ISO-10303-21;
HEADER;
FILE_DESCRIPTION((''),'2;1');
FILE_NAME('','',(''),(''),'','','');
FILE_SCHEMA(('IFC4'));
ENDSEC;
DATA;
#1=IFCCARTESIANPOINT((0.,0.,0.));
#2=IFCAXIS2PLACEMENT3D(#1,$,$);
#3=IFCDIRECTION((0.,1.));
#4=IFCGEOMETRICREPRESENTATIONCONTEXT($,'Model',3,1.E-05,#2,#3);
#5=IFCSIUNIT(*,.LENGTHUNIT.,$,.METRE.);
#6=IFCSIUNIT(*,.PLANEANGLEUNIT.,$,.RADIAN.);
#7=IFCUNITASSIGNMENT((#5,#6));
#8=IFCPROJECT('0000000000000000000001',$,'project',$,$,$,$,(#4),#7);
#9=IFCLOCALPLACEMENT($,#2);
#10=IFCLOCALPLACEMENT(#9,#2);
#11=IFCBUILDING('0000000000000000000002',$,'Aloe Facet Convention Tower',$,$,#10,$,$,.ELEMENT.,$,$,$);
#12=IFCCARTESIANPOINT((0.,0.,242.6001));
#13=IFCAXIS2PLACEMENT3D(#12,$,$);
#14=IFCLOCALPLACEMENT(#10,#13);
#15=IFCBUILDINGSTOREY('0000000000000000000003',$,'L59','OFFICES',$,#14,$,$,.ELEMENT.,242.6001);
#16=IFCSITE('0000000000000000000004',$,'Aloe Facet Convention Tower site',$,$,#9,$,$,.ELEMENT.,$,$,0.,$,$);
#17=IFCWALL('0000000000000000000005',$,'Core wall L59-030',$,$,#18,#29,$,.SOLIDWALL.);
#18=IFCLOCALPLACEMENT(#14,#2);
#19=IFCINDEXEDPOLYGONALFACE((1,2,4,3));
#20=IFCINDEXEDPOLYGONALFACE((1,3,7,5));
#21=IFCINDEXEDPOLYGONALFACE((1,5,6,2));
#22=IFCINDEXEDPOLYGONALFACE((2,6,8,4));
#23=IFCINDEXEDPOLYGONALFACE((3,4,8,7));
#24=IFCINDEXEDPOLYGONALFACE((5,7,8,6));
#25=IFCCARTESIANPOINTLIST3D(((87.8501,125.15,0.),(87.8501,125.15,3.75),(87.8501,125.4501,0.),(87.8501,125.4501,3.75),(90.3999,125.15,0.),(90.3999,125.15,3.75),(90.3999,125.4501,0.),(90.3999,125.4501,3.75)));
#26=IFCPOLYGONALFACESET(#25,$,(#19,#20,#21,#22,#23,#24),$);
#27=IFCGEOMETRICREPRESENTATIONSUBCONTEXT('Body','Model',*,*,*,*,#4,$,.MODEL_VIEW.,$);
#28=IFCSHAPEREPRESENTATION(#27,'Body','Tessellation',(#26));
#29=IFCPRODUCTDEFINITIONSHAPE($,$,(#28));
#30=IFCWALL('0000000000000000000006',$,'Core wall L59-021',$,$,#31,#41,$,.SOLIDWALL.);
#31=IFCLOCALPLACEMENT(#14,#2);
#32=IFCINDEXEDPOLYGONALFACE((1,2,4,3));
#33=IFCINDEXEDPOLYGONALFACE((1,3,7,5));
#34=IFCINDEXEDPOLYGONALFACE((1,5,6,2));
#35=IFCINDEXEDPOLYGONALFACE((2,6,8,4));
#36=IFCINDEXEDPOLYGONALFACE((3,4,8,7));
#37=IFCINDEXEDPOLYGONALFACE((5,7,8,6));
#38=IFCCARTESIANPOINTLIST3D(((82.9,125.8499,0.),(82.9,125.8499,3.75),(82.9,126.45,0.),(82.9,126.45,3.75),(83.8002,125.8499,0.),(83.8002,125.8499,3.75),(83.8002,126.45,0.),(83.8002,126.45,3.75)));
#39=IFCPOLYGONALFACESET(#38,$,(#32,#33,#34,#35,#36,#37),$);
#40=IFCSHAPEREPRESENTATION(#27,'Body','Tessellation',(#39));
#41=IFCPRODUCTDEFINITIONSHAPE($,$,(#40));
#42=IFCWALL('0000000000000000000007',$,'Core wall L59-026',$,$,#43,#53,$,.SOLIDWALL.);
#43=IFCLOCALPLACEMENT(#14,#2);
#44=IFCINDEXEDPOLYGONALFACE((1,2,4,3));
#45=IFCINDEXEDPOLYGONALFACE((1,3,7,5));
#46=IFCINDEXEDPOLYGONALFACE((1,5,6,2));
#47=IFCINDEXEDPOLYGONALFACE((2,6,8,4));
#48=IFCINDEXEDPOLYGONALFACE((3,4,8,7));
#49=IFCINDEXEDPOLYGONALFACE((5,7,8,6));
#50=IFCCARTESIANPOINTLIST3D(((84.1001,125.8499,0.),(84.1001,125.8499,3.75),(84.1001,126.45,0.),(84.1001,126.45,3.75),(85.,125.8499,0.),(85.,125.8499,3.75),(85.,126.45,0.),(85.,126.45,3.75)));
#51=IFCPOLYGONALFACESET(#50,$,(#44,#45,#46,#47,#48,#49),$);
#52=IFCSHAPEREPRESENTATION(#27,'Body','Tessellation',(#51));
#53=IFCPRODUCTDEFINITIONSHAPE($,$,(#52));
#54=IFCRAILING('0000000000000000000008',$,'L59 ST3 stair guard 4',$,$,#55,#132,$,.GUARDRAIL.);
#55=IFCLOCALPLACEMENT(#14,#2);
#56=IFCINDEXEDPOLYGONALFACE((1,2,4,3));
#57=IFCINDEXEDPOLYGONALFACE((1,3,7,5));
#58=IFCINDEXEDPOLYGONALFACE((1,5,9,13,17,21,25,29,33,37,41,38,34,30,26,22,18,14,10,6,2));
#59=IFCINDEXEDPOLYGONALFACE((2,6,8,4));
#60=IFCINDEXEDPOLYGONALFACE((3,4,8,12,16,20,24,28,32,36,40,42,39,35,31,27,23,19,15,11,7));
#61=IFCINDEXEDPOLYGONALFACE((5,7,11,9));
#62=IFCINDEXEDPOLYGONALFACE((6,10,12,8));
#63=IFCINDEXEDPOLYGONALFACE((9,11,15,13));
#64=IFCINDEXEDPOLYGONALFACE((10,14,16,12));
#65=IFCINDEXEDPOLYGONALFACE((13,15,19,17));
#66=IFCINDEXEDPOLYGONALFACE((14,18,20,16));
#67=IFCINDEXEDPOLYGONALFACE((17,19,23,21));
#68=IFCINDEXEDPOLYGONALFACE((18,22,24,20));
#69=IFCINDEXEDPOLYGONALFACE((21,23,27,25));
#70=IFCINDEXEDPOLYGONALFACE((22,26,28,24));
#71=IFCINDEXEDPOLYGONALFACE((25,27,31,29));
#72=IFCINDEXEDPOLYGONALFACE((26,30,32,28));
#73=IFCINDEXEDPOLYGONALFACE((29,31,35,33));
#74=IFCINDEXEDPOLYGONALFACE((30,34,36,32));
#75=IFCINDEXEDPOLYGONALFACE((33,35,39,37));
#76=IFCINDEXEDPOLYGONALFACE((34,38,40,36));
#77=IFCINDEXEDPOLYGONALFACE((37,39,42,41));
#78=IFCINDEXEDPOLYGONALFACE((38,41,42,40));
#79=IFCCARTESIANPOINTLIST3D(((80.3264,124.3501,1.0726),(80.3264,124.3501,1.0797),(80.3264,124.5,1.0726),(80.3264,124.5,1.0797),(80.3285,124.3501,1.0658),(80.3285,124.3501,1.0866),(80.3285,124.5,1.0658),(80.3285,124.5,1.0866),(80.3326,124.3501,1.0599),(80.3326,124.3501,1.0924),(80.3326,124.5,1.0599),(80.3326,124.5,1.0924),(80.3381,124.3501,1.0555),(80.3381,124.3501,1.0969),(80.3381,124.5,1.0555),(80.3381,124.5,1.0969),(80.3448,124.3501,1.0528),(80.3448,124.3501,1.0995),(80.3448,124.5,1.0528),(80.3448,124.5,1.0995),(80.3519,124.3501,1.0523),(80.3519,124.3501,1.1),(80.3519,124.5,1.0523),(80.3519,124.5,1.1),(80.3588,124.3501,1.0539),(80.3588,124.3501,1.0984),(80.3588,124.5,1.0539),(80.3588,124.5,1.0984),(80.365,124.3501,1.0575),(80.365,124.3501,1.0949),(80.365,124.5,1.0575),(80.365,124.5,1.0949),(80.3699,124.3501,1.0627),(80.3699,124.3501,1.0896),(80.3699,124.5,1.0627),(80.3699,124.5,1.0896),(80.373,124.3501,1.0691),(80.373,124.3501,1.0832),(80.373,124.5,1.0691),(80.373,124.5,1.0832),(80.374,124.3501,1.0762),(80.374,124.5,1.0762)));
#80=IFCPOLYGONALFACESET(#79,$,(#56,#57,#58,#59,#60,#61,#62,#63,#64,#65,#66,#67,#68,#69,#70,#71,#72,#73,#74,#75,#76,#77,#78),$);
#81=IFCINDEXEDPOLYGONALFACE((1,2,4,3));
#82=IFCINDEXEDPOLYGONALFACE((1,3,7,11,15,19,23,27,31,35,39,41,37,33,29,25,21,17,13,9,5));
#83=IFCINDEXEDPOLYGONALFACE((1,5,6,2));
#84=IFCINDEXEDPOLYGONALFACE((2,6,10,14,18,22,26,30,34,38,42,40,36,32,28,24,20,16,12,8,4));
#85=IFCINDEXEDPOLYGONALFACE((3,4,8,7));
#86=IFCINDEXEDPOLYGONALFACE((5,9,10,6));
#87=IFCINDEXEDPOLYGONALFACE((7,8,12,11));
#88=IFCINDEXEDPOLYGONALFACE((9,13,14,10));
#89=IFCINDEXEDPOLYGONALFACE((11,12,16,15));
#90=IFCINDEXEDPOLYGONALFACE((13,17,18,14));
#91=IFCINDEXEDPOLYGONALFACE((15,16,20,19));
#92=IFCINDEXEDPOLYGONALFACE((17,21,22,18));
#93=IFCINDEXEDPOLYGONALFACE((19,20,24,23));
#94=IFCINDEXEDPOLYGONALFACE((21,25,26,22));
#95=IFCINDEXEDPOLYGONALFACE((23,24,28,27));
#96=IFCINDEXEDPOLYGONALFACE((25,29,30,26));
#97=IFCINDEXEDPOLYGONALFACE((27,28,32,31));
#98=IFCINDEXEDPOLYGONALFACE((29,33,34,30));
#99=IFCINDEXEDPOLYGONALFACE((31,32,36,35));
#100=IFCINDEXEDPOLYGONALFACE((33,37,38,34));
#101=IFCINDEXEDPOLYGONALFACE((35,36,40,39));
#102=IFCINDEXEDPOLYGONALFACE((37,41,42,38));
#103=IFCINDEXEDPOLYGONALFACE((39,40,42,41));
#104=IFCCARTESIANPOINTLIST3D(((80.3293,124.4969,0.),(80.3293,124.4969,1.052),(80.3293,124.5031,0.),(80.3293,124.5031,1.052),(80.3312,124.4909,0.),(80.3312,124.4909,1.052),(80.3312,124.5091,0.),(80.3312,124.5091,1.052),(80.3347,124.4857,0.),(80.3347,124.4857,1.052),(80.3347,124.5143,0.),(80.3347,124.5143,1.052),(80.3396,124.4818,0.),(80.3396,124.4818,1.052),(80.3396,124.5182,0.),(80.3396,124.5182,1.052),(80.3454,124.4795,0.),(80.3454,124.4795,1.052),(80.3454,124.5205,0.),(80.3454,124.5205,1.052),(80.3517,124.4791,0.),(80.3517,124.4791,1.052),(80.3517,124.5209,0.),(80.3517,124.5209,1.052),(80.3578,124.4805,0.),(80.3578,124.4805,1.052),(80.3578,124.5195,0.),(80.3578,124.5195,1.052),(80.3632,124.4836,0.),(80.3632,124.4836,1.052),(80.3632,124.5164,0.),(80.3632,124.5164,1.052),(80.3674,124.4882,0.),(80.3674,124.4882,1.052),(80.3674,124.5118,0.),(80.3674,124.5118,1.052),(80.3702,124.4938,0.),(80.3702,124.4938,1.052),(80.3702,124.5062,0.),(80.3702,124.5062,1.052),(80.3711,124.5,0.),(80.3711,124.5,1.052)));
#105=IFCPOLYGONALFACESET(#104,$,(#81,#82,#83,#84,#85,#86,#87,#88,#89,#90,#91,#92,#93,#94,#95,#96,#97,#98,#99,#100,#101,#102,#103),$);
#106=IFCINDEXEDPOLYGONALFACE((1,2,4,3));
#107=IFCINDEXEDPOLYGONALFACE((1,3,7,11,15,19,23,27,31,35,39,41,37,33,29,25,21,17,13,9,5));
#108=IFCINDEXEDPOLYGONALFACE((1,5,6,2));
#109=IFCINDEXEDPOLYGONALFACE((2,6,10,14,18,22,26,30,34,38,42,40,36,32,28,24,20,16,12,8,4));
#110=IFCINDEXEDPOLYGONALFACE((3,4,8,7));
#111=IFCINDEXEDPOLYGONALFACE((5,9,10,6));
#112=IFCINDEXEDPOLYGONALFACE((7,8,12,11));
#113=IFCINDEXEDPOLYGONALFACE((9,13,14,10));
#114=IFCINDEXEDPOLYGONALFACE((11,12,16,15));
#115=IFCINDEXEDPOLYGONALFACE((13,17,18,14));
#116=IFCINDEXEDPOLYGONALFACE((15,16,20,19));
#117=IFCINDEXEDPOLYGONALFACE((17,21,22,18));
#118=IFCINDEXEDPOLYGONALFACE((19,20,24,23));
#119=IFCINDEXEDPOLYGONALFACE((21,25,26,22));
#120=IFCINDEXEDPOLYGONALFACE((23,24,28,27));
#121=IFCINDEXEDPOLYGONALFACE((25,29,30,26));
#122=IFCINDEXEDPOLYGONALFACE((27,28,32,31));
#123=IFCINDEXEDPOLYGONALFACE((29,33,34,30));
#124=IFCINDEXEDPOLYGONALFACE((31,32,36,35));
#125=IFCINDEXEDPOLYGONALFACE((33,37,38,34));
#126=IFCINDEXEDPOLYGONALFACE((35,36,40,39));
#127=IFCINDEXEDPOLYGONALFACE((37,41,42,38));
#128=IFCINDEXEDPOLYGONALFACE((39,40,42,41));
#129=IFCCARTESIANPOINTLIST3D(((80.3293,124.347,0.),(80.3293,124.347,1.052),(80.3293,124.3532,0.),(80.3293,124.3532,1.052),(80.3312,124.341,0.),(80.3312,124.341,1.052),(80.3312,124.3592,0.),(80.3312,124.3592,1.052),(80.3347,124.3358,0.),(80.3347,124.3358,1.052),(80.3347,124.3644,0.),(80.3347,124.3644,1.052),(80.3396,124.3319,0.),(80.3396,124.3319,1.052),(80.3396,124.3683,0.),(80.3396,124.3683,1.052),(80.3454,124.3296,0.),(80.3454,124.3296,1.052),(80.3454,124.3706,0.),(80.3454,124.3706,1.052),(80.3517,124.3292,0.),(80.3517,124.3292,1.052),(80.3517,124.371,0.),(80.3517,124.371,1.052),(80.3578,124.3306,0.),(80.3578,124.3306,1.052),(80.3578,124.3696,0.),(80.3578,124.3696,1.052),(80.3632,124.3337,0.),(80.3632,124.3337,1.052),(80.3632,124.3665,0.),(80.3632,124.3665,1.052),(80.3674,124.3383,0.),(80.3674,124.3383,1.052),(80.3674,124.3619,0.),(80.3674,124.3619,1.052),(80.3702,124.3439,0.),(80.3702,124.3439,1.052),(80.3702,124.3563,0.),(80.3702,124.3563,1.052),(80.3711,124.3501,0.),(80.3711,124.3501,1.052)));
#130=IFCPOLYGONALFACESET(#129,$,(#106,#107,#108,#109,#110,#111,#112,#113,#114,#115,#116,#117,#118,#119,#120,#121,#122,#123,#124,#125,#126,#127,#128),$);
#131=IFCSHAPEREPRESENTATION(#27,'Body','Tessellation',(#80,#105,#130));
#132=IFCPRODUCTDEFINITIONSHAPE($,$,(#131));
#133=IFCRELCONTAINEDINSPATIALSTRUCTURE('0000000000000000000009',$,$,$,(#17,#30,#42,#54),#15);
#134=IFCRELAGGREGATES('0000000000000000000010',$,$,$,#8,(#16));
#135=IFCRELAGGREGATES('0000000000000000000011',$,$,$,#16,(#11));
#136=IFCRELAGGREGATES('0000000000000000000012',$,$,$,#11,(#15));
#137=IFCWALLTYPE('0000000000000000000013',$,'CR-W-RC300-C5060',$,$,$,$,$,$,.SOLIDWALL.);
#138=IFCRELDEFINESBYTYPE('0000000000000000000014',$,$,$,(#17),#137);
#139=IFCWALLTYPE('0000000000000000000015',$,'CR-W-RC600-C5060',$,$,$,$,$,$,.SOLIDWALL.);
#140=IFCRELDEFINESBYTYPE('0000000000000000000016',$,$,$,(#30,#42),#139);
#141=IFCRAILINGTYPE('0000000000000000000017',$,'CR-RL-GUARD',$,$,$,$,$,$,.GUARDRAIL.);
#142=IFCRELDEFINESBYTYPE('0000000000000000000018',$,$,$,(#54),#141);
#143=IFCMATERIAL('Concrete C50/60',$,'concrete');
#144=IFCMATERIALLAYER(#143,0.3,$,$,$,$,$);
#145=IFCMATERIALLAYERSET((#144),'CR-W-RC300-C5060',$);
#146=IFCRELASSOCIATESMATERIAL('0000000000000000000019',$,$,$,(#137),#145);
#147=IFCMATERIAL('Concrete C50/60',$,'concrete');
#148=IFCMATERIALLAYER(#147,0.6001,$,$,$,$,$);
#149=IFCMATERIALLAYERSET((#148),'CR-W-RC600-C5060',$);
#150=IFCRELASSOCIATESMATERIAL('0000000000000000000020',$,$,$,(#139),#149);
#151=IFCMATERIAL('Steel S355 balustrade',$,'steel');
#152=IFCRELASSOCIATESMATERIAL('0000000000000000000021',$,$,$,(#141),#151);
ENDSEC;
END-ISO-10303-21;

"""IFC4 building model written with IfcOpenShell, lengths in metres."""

from ifc_helpers import new_model, si_unit, direction, frame, frame_2d, origin, origin_2d, place, context, subcontext, project, spatial, rectangle, circle, extrude, material, layer, layer_set, type_object, element, save


model = new_model("IFC4")

# Units and contexts
model_context = context("Model", 3, precision=1e-05, world=origin(), true_north=direction((0.0, 1.0)))
body_context = subcontext(model_context, "Body", "Model", "MODEL_VIEW")
ifc_project = project(units=[si_unit("LENGTHUNIT", "METRE"), si_unit("PLANEANGLEUNIT", "RADIAN")], contexts=[model_context])

# Site, building, storey
site_placement = place(None, origin())
site = spatial("IfcSite", under=ifc_project, at=site_placement, Name="Aloe Facet Convention Tower site", CompositionType="ELEMENT", RefElevation=0.0)
building_placement = place(site_placement, origin())
building = spatial("IfcBuilding", under=site, at=building_placement, Name="Aloe Facet Convention Tower", CompositionType="ELEMENT")
storey_placement = place(building_placement, frame((0.0, 0.0, 242.6001)))
storey = spatial("IfcBuildingStorey", under=building, at=storey_placement, Name="L59", Description="OFFICES", CompositionType="ELEMENT", Elevation=242.6001)

# Shared definitions
ifc_material_1 = material(Name="Concrete C50/60", Category="concrete")
ifc_layer_1 = layer(ifc_material_1, 0.3)
ifc_layer_set_1 = layer_set([ifc_layer_1], Name="CR-W-RC300-C5060")
wall_type_1 = type_object("IfcWallType", Name="CR-W-RC300-C5060", PredefinedType="SOLIDWALL", material=ifc_layer_set_1)

# Walls
for number, where, z_axis, x_axis, name in (
    (1, (87.8501, 125.3, 0.0), (0.0, 0.0, 1.0), (1.0, 0.0, 0.0), "Core wall L59-030"),
):
    element("IfcWall", number, at=place(storey_placement, frame(where, z_axis=z_axis, x_axis=x_axis)), inside=storey, type_object=wall_type_1, Name=name, PredefinedType="SOLIDWALL", context=body_context, shape_type="SweptSolid", body=[
        extrude(rectangle(XDim=2.5498, YDim=0.3, at=frame_2d((1.2749, 0.0))), origin(), (0.0, 0.0, 1.0), 3.75),
    ])
ifc_material_2 = material(Name="Concrete C50/60", Category="concrete")
ifc_layer_2 = layer(ifc_material_2, 0.6001)
ifc_layer_set_2 = layer_set([ifc_layer_2], Name="CR-W-RC600-C5060")
wall_type_2 = type_object("IfcWallType", Name="CR-W-RC600-C5060", PredefinedType="SOLIDWALL", material=ifc_layer_set_2)
wall_1_placement = place(storey_placement, frame((82.8999, 126.1499, 0.0), z_axis=(0.0, 0.0, 1.0), x_axis=(1.0, 0.0, 0.0)))
element("IfcWall", 2, at=wall_1_placement, inside=storey, type_object=wall_type_2, Name="Core wall L59-021", PredefinedType="SOLIDWALL", context=body_context, shape_type="SweptSolid", body=[
    extrude(rectangle(XDim=0.9001, YDim=0.6001, at=frame_2d((0.4502, 0.0))), origin(), (0.0, 0.0, 1.0), 3.75),
])
wall_2_placement = place(storey_placement, frame((84.1001, 126.1499, 0.0), z_axis=(0.0, 0.0, 1.0), x_axis=(1.0, 0.0, 0.0)))
element("IfcWall", 3, at=wall_2_placement, inside=storey, type_object=wall_type_2, Name="Core wall L59-026", PredefinedType="SOLIDWALL", context=body_context, shape_type="SweptSolid", body=[
    extrude(rectangle(XDim=0.8999, YDim=0.6001, at=frame_2d((0.45, 0.0))), origin(), (0.0, 0.0, 1.0), 3.75),
])

# Railing
ifc_material_3 = material(Name="Steel S355 balustrade", Category="steel")
railing_type_1 = type_object("IfcRailingType", Name="CR-RL-GUARD", PredefinedType="GUARDRAIL", material=ifc_material_3)
railing_1_placement = place(storey_placement, frame((80.3501, 124.5, 0.0)))
element("IfcRailing", 4, at=railing_1_placement, inside=storey, type_object=railing_type_1, Name="L59 ST3 stair guard 4", PredefinedType="GUARDRAIL", context=body_context, shape_type="SweptSolid", body=[
    extrude(circle(Radius=0.0239, at=origin_2d()), frame((0.0, 0.0, 1.0762), z_axis=(0.0, -1.0, 0.0), x_axis=(1.0, 0.0, 0.0)), (0.0, 0.0, 1.0), 0.1499),
    extrude(circle(Radius=0.021, at=origin_2d()), origin(), (0.0, 0.0, 1.0), 1.052),
    extrude(circle(Radius=0.021, at=origin_2d()), frame((0.0, -0.1499, 0.0)), (0.0, 0.0, 1.0), 1.052),
])

save(model, "model.ifc")
